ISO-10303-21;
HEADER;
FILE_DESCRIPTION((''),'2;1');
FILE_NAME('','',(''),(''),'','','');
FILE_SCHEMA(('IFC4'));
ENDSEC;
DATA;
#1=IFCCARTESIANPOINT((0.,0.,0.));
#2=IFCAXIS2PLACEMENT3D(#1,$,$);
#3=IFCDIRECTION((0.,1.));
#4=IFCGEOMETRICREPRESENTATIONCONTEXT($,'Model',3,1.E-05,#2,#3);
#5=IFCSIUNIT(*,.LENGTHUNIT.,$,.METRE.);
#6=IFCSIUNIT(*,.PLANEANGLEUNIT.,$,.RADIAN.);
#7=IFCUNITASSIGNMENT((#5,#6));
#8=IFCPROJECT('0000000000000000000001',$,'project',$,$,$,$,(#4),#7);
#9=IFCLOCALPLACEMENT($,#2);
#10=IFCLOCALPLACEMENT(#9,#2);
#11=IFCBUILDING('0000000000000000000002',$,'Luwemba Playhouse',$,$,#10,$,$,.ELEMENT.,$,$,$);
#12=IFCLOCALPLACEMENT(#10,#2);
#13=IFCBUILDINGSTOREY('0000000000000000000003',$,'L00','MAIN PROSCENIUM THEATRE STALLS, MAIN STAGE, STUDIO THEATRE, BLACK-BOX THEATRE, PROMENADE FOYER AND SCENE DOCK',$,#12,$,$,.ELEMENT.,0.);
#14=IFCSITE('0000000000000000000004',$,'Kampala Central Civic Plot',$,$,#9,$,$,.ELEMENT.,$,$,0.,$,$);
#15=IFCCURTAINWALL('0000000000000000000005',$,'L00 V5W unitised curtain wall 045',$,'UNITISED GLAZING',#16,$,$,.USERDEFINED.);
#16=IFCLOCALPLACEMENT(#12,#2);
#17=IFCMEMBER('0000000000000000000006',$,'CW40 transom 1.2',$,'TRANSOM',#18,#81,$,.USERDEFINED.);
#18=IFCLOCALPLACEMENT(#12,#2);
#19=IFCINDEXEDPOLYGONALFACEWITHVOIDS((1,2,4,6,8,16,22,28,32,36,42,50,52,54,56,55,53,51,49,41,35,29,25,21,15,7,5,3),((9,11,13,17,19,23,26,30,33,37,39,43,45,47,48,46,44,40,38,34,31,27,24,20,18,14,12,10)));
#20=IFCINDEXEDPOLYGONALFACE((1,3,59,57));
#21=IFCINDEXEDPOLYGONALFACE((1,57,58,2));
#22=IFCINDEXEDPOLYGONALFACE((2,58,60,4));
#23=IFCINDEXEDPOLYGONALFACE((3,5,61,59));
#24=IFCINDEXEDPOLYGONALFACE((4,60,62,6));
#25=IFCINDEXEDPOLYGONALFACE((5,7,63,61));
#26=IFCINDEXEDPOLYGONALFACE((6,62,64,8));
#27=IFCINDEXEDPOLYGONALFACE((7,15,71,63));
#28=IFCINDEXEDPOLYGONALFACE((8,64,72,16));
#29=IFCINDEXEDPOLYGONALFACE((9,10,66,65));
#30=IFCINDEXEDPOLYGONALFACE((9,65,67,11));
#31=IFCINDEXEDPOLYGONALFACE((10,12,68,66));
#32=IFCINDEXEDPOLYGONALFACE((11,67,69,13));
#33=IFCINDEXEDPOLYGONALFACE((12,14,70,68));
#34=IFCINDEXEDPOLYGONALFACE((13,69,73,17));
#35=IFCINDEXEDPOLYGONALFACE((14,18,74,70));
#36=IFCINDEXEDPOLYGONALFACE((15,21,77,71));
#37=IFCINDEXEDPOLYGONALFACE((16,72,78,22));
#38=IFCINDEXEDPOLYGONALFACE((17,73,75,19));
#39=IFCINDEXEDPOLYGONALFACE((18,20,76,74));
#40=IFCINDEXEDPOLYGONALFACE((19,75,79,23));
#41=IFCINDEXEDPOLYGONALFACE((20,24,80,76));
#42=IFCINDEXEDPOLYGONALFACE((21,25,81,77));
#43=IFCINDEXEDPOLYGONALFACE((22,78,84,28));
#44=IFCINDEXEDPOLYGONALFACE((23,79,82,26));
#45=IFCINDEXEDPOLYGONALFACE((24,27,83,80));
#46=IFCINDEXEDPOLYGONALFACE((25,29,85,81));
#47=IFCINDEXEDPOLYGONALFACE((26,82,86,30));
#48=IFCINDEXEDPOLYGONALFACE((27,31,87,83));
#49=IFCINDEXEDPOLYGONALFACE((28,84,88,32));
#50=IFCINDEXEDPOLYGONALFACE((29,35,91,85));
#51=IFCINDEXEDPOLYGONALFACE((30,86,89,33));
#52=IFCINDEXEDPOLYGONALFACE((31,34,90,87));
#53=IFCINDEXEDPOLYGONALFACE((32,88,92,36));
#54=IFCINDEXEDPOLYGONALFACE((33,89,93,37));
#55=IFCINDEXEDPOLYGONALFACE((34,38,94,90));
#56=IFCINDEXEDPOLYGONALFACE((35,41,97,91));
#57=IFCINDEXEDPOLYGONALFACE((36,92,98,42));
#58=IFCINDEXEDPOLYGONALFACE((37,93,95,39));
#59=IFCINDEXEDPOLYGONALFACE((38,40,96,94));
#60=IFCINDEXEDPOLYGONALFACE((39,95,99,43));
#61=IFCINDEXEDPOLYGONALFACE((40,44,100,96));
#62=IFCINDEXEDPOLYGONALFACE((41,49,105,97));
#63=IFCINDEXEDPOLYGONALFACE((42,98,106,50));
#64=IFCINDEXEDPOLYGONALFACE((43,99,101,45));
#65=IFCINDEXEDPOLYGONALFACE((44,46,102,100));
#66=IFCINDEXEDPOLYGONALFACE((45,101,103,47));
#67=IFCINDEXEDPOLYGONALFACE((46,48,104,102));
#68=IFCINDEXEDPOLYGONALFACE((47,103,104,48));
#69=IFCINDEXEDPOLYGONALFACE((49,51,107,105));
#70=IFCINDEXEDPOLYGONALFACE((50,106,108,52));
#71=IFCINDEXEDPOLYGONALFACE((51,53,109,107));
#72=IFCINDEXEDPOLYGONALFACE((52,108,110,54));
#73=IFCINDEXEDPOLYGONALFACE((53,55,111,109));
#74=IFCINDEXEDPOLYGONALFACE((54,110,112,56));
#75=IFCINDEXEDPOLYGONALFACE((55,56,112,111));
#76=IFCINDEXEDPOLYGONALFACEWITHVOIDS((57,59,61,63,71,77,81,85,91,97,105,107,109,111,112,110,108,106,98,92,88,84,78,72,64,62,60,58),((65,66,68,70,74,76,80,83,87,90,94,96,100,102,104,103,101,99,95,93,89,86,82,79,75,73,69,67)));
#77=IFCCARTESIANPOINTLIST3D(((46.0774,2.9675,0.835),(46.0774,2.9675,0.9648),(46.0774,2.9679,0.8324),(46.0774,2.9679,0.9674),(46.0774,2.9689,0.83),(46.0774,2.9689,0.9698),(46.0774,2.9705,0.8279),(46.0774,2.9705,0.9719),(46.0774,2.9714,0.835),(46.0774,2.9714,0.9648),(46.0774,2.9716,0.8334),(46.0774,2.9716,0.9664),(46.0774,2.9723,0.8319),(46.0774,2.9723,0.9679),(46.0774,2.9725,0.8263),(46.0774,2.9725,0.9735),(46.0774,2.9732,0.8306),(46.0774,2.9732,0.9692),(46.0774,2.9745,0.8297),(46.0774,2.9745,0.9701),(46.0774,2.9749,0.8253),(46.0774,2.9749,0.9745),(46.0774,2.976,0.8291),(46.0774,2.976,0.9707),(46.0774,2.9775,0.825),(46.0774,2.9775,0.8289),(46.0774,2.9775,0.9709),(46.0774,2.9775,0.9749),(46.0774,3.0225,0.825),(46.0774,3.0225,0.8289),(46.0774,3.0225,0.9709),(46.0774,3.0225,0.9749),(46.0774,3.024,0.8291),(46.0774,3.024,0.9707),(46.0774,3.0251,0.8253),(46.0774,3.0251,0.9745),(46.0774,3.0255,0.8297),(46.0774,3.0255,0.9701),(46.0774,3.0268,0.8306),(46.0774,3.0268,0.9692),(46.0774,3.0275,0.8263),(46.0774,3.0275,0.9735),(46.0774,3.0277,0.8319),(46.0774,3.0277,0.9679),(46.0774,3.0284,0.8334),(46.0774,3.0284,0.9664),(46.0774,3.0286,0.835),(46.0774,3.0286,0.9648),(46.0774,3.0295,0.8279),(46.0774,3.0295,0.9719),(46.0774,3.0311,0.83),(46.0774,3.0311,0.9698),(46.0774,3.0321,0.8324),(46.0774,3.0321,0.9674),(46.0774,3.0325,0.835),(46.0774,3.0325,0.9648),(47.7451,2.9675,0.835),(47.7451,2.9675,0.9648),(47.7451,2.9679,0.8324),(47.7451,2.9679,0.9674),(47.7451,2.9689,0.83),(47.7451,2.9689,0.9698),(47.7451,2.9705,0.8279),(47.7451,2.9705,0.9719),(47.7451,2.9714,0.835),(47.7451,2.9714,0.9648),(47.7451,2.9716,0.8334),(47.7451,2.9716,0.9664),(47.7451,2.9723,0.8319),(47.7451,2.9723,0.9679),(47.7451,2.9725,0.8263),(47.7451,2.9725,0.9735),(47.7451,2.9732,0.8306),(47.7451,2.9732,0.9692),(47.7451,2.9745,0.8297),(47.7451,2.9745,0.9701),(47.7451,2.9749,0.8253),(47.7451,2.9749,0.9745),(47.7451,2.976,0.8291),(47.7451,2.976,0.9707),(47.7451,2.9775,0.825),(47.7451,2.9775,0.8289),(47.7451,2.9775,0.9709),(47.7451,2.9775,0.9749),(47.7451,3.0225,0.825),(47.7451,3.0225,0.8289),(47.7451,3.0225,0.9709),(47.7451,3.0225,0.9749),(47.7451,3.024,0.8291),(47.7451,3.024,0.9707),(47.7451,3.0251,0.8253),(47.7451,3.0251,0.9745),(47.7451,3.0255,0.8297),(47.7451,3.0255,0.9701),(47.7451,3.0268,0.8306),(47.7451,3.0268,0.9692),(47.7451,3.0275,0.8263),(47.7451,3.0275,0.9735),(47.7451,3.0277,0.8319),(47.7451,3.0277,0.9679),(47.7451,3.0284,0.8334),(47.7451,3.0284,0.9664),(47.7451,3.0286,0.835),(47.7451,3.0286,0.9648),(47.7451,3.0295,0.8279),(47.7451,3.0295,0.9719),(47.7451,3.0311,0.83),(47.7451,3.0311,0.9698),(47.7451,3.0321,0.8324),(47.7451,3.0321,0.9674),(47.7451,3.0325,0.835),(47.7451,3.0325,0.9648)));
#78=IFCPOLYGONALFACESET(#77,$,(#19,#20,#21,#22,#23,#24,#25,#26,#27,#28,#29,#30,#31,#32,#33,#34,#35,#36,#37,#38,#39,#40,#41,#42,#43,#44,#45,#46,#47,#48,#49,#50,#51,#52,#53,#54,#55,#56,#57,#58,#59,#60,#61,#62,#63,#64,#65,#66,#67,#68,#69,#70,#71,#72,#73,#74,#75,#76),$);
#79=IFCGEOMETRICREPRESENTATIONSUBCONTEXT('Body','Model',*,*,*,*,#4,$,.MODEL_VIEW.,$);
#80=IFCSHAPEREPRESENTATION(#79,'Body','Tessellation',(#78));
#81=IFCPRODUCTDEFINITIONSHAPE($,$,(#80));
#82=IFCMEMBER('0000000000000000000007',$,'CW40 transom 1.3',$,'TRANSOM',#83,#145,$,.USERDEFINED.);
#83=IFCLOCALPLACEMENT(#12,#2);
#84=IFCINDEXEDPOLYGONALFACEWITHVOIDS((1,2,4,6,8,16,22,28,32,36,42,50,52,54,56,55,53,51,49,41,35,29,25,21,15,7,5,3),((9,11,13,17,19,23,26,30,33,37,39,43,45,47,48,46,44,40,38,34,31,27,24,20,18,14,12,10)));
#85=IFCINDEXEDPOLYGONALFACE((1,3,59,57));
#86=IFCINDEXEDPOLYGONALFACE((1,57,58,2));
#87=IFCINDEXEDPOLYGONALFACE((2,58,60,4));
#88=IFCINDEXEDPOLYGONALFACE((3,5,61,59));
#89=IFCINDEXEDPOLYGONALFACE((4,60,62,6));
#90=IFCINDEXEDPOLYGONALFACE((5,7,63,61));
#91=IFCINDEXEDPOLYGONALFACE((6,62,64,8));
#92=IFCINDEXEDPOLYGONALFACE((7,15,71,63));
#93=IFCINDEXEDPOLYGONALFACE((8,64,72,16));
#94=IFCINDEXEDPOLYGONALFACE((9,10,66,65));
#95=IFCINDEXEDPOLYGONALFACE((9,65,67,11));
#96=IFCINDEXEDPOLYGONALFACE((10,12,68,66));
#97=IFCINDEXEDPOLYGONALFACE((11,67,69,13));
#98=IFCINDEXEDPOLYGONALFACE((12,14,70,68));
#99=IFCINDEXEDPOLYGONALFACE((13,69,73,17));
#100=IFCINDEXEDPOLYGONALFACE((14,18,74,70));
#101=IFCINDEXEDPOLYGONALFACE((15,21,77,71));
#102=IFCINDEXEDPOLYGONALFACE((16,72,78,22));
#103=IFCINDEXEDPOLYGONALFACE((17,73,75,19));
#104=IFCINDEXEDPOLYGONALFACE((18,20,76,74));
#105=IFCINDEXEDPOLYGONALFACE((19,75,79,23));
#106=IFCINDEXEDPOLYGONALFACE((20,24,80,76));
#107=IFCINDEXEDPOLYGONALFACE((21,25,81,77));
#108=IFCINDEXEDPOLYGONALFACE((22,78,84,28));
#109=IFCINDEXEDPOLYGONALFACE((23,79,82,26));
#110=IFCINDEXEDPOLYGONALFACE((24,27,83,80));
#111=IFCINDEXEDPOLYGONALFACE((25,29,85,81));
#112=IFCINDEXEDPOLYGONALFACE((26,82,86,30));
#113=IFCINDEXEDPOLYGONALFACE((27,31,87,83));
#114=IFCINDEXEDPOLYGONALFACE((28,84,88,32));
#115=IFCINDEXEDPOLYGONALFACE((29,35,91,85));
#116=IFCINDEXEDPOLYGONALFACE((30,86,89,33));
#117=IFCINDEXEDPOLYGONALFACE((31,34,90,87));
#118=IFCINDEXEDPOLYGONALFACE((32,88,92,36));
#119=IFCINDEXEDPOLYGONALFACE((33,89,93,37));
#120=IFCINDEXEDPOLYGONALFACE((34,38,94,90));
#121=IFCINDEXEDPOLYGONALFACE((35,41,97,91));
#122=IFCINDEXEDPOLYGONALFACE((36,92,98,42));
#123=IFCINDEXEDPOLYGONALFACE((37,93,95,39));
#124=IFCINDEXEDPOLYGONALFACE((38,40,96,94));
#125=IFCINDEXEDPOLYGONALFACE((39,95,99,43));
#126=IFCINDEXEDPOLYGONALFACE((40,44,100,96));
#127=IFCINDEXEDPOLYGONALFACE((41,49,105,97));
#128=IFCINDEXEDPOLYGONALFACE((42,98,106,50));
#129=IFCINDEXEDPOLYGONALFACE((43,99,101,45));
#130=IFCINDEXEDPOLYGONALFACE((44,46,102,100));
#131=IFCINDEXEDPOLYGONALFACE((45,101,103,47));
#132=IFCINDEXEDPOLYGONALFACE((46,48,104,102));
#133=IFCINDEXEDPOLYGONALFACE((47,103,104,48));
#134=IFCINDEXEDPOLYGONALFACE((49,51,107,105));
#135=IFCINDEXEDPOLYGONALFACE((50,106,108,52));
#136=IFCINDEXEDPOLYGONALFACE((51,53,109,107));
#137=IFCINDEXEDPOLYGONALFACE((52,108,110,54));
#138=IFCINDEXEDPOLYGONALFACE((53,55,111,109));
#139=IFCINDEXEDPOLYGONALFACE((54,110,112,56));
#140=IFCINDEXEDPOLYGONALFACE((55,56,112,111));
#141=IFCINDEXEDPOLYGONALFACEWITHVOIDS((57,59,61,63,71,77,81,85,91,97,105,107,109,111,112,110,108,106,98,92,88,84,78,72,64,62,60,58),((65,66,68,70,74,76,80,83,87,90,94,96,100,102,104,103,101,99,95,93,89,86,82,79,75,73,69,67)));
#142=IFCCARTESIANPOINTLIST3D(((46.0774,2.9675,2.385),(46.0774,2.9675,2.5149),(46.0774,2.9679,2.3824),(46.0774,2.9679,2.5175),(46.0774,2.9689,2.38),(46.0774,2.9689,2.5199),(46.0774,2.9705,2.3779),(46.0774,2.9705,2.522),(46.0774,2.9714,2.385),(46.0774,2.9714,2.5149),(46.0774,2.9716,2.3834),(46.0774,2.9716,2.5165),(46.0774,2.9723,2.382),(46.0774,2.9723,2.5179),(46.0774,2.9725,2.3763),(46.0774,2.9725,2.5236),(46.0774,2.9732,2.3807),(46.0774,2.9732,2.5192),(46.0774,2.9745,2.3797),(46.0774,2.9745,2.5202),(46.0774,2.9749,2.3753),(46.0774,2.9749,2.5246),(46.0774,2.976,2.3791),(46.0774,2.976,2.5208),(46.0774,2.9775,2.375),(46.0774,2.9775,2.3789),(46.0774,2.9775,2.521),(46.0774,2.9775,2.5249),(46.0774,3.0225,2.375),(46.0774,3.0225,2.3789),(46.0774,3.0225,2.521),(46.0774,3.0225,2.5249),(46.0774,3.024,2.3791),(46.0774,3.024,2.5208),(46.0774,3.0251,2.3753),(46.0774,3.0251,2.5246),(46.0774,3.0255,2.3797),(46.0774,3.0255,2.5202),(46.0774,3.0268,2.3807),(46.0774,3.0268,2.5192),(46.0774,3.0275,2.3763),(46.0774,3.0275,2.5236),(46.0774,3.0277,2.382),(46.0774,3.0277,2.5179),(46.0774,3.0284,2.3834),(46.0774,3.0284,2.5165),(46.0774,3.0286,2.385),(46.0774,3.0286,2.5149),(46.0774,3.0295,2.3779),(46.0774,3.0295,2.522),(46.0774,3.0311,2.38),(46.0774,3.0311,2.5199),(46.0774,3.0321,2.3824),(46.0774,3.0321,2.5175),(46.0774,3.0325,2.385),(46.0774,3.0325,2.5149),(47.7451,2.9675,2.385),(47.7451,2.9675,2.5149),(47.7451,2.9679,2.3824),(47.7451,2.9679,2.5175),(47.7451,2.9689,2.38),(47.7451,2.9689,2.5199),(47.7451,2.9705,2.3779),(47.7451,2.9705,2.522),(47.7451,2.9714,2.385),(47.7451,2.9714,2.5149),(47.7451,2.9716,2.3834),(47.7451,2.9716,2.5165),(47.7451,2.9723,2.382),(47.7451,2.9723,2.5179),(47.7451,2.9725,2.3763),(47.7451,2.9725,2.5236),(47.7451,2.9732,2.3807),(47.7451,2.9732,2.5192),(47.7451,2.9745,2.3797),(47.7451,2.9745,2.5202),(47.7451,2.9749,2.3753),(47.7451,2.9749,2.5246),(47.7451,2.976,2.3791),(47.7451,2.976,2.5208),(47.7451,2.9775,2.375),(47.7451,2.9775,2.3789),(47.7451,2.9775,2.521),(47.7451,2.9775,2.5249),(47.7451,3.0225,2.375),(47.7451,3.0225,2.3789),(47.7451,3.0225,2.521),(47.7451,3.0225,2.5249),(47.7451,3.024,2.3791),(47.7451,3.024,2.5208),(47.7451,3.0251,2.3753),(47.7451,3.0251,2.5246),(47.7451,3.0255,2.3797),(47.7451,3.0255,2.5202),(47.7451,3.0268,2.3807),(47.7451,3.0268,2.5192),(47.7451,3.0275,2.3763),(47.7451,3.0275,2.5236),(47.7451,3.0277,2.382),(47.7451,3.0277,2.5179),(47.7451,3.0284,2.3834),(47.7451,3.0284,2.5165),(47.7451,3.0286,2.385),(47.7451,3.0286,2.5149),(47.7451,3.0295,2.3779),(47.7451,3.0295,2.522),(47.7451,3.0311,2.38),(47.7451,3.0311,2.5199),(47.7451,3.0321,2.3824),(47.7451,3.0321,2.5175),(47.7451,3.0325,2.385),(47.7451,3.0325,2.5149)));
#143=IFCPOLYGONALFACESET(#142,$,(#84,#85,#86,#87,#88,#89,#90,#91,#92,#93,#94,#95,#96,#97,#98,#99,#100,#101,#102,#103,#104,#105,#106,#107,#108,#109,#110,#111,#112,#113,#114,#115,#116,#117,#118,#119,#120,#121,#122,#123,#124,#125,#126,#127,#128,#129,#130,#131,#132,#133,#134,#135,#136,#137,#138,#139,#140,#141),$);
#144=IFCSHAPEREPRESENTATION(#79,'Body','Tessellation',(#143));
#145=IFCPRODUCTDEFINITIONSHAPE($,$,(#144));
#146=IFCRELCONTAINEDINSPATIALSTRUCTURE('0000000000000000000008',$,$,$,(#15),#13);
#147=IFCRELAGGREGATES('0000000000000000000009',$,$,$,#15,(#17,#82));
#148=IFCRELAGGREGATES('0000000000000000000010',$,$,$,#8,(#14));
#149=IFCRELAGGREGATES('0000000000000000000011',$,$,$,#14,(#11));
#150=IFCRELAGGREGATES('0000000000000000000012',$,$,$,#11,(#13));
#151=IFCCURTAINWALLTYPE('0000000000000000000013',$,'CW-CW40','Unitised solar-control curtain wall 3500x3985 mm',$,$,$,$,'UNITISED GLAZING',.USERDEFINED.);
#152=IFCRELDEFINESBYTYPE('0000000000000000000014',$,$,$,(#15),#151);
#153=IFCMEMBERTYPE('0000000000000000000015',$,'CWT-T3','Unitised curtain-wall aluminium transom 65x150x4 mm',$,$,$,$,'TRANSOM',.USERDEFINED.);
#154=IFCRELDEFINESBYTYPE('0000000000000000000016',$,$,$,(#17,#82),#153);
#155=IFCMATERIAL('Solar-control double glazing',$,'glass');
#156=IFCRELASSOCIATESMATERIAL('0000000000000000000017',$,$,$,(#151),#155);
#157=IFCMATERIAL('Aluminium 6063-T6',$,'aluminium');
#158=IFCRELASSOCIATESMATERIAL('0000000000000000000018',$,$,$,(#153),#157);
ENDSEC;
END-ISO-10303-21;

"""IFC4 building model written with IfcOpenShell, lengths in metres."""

from ifc_helpers import new_model, si_unit, direction, frame, origin, origin_2d, place, context, subcontext, project, spatial, hollow_rectangle, extrude, material, material_profile, profile_set, type_object, element, aggregate, save


model = new_model("IFC4")

# Units and contexts
model_context = context("Model", 3, precision=1e-05, world=origin(), true_north=direction((0.0, 1.0)))
body_context = subcontext(model_context, "Body", "Model", "MODEL_VIEW")
ifc_project = project(units=[si_unit("LENGTHUNIT", "METRE"), si_unit("PLANEANGLEUNIT", "RADIAN")], contexts=[model_context])

# Site, building, storey
site_placement = place(None, origin())
site = spatial("IfcSite", under=ifc_project, at=site_placement, Name="Kampala Central Civic Plot", CompositionType="ELEMENT", RefElevation=0.0)
building_placement = place(site_placement, origin())
building = spatial("IfcBuilding", under=site, at=building_placement, Name="Luwemba Playhouse", CompositionType="ELEMENT")
storey_placement = place(building_placement, origin())
storey = spatial("IfcBuildingStorey", under=building, at=storey_placement, Name="L00", Description="MAIN PROSCENIUM THEATRE STALLS, MAIN STAGE, STUDIO THEATRE, BLACK-BOX THEATRE, PROMENADE FOYER AND SCENE DOCK", CompositionType="ELEMENT", Elevation=0.0)

# Shared definitions
ifc_material_1 = material(Name="Solar-control double glazing", Category="glass")
ifc_material_2 = material(Name="Aluminium 6063-T6", Category="aluminium")

# Curtain wall
curtain_wall_type_1 = type_object("IfcCurtainWallType", Name="CW-CW40", Description="Unitised solar-control curtain wall 3500x3985 mm", ElementType="UNITISED GLAZING", PredefinedType="USERDEFINED", material=ifc_material_1)
curtain_wall_1_placement = place(storey_placement, origin())
curtain_wall_1 = element("IfcCurtainWall", 1, at=curtain_wall_1_placement, inside=storey, type_object=curtain_wall_type_1, Name="L00 V5W unitised curtain wall 045", ObjectType="UNITISED GLAZING", PredefinedType="USERDEFINED")

# Members
ifc_material_profile_1 = material_profile(ifc_material_2, hollow_rectangle(XDim=0.0649, YDim=0.1499, WallThickness=0.0039, InnerFilletRadius=0.0061, OuterFilletRadius=0.01, at=origin_2d()))
ifc_profile_set_1 = profile_set([ifc_material_profile_1], Name="Aluminium 6063-T6")
member_type_1 = type_object("IfcMemberType", Name="CWT-T3", Description="Unitised curtain-wall aluminium transom 65x150x4 mm", ElementType="TRANSOM", PredefinedType="USERDEFINED", material=ifc_profile_set_1)
member_1_placement = place(storey_placement, frame((47.7451, 3.0, 0.8999), z_axis=(-1.0, 0.0, 0.0), x_axis=(0.0, -1.0, 0.0)))
member_1 = element("IfcMember", 2, at=member_1_placement, type_object=member_type_1, Name="CW40 transom 1.2", ObjectType="TRANSOM", PredefinedType="USERDEFINED", context=body_context, shape_type="SweptSolid", body=[
    extrude(hollow_rectangle(XDim=0.0649, YDim=0.1499, WallThickness=0.0039, InnerFilletRadius=0.0061, OuterFilletRadius=0.01, at=origin_2d()), origin(), (0.0, 0.0, 1.0), 1.6677),
])
member_2_placement = place(storey_placement, frame((47.7451, 3.0, 2.45), z_axis=(-1.0, 0.0, 0.0), x_axis=(0.0, -1.0, 0.0)))
member_2 = element("IfcMember", 3, at=member_2_placement, type_object=member_type_1, Name="CW40 transom 1.3", ObjectType="TRANSOM", PredefinedType="USERDEFINED", context=body_context, shape_type="SweptSolid", body=[
    extrude(hollow_rectangle(XDim=0.0649, YDim=0.1499, WallThickness=0.0039, InnerFilletRadius=0.0061, OuterFilletRadius=0.01, at=origin_2d()), origin(), (0.0, 0.0, 1.0), 1.6677),
])

aggregate(curtain_wall_1, [member_1, member_2])

save(model, "model.ifc")
